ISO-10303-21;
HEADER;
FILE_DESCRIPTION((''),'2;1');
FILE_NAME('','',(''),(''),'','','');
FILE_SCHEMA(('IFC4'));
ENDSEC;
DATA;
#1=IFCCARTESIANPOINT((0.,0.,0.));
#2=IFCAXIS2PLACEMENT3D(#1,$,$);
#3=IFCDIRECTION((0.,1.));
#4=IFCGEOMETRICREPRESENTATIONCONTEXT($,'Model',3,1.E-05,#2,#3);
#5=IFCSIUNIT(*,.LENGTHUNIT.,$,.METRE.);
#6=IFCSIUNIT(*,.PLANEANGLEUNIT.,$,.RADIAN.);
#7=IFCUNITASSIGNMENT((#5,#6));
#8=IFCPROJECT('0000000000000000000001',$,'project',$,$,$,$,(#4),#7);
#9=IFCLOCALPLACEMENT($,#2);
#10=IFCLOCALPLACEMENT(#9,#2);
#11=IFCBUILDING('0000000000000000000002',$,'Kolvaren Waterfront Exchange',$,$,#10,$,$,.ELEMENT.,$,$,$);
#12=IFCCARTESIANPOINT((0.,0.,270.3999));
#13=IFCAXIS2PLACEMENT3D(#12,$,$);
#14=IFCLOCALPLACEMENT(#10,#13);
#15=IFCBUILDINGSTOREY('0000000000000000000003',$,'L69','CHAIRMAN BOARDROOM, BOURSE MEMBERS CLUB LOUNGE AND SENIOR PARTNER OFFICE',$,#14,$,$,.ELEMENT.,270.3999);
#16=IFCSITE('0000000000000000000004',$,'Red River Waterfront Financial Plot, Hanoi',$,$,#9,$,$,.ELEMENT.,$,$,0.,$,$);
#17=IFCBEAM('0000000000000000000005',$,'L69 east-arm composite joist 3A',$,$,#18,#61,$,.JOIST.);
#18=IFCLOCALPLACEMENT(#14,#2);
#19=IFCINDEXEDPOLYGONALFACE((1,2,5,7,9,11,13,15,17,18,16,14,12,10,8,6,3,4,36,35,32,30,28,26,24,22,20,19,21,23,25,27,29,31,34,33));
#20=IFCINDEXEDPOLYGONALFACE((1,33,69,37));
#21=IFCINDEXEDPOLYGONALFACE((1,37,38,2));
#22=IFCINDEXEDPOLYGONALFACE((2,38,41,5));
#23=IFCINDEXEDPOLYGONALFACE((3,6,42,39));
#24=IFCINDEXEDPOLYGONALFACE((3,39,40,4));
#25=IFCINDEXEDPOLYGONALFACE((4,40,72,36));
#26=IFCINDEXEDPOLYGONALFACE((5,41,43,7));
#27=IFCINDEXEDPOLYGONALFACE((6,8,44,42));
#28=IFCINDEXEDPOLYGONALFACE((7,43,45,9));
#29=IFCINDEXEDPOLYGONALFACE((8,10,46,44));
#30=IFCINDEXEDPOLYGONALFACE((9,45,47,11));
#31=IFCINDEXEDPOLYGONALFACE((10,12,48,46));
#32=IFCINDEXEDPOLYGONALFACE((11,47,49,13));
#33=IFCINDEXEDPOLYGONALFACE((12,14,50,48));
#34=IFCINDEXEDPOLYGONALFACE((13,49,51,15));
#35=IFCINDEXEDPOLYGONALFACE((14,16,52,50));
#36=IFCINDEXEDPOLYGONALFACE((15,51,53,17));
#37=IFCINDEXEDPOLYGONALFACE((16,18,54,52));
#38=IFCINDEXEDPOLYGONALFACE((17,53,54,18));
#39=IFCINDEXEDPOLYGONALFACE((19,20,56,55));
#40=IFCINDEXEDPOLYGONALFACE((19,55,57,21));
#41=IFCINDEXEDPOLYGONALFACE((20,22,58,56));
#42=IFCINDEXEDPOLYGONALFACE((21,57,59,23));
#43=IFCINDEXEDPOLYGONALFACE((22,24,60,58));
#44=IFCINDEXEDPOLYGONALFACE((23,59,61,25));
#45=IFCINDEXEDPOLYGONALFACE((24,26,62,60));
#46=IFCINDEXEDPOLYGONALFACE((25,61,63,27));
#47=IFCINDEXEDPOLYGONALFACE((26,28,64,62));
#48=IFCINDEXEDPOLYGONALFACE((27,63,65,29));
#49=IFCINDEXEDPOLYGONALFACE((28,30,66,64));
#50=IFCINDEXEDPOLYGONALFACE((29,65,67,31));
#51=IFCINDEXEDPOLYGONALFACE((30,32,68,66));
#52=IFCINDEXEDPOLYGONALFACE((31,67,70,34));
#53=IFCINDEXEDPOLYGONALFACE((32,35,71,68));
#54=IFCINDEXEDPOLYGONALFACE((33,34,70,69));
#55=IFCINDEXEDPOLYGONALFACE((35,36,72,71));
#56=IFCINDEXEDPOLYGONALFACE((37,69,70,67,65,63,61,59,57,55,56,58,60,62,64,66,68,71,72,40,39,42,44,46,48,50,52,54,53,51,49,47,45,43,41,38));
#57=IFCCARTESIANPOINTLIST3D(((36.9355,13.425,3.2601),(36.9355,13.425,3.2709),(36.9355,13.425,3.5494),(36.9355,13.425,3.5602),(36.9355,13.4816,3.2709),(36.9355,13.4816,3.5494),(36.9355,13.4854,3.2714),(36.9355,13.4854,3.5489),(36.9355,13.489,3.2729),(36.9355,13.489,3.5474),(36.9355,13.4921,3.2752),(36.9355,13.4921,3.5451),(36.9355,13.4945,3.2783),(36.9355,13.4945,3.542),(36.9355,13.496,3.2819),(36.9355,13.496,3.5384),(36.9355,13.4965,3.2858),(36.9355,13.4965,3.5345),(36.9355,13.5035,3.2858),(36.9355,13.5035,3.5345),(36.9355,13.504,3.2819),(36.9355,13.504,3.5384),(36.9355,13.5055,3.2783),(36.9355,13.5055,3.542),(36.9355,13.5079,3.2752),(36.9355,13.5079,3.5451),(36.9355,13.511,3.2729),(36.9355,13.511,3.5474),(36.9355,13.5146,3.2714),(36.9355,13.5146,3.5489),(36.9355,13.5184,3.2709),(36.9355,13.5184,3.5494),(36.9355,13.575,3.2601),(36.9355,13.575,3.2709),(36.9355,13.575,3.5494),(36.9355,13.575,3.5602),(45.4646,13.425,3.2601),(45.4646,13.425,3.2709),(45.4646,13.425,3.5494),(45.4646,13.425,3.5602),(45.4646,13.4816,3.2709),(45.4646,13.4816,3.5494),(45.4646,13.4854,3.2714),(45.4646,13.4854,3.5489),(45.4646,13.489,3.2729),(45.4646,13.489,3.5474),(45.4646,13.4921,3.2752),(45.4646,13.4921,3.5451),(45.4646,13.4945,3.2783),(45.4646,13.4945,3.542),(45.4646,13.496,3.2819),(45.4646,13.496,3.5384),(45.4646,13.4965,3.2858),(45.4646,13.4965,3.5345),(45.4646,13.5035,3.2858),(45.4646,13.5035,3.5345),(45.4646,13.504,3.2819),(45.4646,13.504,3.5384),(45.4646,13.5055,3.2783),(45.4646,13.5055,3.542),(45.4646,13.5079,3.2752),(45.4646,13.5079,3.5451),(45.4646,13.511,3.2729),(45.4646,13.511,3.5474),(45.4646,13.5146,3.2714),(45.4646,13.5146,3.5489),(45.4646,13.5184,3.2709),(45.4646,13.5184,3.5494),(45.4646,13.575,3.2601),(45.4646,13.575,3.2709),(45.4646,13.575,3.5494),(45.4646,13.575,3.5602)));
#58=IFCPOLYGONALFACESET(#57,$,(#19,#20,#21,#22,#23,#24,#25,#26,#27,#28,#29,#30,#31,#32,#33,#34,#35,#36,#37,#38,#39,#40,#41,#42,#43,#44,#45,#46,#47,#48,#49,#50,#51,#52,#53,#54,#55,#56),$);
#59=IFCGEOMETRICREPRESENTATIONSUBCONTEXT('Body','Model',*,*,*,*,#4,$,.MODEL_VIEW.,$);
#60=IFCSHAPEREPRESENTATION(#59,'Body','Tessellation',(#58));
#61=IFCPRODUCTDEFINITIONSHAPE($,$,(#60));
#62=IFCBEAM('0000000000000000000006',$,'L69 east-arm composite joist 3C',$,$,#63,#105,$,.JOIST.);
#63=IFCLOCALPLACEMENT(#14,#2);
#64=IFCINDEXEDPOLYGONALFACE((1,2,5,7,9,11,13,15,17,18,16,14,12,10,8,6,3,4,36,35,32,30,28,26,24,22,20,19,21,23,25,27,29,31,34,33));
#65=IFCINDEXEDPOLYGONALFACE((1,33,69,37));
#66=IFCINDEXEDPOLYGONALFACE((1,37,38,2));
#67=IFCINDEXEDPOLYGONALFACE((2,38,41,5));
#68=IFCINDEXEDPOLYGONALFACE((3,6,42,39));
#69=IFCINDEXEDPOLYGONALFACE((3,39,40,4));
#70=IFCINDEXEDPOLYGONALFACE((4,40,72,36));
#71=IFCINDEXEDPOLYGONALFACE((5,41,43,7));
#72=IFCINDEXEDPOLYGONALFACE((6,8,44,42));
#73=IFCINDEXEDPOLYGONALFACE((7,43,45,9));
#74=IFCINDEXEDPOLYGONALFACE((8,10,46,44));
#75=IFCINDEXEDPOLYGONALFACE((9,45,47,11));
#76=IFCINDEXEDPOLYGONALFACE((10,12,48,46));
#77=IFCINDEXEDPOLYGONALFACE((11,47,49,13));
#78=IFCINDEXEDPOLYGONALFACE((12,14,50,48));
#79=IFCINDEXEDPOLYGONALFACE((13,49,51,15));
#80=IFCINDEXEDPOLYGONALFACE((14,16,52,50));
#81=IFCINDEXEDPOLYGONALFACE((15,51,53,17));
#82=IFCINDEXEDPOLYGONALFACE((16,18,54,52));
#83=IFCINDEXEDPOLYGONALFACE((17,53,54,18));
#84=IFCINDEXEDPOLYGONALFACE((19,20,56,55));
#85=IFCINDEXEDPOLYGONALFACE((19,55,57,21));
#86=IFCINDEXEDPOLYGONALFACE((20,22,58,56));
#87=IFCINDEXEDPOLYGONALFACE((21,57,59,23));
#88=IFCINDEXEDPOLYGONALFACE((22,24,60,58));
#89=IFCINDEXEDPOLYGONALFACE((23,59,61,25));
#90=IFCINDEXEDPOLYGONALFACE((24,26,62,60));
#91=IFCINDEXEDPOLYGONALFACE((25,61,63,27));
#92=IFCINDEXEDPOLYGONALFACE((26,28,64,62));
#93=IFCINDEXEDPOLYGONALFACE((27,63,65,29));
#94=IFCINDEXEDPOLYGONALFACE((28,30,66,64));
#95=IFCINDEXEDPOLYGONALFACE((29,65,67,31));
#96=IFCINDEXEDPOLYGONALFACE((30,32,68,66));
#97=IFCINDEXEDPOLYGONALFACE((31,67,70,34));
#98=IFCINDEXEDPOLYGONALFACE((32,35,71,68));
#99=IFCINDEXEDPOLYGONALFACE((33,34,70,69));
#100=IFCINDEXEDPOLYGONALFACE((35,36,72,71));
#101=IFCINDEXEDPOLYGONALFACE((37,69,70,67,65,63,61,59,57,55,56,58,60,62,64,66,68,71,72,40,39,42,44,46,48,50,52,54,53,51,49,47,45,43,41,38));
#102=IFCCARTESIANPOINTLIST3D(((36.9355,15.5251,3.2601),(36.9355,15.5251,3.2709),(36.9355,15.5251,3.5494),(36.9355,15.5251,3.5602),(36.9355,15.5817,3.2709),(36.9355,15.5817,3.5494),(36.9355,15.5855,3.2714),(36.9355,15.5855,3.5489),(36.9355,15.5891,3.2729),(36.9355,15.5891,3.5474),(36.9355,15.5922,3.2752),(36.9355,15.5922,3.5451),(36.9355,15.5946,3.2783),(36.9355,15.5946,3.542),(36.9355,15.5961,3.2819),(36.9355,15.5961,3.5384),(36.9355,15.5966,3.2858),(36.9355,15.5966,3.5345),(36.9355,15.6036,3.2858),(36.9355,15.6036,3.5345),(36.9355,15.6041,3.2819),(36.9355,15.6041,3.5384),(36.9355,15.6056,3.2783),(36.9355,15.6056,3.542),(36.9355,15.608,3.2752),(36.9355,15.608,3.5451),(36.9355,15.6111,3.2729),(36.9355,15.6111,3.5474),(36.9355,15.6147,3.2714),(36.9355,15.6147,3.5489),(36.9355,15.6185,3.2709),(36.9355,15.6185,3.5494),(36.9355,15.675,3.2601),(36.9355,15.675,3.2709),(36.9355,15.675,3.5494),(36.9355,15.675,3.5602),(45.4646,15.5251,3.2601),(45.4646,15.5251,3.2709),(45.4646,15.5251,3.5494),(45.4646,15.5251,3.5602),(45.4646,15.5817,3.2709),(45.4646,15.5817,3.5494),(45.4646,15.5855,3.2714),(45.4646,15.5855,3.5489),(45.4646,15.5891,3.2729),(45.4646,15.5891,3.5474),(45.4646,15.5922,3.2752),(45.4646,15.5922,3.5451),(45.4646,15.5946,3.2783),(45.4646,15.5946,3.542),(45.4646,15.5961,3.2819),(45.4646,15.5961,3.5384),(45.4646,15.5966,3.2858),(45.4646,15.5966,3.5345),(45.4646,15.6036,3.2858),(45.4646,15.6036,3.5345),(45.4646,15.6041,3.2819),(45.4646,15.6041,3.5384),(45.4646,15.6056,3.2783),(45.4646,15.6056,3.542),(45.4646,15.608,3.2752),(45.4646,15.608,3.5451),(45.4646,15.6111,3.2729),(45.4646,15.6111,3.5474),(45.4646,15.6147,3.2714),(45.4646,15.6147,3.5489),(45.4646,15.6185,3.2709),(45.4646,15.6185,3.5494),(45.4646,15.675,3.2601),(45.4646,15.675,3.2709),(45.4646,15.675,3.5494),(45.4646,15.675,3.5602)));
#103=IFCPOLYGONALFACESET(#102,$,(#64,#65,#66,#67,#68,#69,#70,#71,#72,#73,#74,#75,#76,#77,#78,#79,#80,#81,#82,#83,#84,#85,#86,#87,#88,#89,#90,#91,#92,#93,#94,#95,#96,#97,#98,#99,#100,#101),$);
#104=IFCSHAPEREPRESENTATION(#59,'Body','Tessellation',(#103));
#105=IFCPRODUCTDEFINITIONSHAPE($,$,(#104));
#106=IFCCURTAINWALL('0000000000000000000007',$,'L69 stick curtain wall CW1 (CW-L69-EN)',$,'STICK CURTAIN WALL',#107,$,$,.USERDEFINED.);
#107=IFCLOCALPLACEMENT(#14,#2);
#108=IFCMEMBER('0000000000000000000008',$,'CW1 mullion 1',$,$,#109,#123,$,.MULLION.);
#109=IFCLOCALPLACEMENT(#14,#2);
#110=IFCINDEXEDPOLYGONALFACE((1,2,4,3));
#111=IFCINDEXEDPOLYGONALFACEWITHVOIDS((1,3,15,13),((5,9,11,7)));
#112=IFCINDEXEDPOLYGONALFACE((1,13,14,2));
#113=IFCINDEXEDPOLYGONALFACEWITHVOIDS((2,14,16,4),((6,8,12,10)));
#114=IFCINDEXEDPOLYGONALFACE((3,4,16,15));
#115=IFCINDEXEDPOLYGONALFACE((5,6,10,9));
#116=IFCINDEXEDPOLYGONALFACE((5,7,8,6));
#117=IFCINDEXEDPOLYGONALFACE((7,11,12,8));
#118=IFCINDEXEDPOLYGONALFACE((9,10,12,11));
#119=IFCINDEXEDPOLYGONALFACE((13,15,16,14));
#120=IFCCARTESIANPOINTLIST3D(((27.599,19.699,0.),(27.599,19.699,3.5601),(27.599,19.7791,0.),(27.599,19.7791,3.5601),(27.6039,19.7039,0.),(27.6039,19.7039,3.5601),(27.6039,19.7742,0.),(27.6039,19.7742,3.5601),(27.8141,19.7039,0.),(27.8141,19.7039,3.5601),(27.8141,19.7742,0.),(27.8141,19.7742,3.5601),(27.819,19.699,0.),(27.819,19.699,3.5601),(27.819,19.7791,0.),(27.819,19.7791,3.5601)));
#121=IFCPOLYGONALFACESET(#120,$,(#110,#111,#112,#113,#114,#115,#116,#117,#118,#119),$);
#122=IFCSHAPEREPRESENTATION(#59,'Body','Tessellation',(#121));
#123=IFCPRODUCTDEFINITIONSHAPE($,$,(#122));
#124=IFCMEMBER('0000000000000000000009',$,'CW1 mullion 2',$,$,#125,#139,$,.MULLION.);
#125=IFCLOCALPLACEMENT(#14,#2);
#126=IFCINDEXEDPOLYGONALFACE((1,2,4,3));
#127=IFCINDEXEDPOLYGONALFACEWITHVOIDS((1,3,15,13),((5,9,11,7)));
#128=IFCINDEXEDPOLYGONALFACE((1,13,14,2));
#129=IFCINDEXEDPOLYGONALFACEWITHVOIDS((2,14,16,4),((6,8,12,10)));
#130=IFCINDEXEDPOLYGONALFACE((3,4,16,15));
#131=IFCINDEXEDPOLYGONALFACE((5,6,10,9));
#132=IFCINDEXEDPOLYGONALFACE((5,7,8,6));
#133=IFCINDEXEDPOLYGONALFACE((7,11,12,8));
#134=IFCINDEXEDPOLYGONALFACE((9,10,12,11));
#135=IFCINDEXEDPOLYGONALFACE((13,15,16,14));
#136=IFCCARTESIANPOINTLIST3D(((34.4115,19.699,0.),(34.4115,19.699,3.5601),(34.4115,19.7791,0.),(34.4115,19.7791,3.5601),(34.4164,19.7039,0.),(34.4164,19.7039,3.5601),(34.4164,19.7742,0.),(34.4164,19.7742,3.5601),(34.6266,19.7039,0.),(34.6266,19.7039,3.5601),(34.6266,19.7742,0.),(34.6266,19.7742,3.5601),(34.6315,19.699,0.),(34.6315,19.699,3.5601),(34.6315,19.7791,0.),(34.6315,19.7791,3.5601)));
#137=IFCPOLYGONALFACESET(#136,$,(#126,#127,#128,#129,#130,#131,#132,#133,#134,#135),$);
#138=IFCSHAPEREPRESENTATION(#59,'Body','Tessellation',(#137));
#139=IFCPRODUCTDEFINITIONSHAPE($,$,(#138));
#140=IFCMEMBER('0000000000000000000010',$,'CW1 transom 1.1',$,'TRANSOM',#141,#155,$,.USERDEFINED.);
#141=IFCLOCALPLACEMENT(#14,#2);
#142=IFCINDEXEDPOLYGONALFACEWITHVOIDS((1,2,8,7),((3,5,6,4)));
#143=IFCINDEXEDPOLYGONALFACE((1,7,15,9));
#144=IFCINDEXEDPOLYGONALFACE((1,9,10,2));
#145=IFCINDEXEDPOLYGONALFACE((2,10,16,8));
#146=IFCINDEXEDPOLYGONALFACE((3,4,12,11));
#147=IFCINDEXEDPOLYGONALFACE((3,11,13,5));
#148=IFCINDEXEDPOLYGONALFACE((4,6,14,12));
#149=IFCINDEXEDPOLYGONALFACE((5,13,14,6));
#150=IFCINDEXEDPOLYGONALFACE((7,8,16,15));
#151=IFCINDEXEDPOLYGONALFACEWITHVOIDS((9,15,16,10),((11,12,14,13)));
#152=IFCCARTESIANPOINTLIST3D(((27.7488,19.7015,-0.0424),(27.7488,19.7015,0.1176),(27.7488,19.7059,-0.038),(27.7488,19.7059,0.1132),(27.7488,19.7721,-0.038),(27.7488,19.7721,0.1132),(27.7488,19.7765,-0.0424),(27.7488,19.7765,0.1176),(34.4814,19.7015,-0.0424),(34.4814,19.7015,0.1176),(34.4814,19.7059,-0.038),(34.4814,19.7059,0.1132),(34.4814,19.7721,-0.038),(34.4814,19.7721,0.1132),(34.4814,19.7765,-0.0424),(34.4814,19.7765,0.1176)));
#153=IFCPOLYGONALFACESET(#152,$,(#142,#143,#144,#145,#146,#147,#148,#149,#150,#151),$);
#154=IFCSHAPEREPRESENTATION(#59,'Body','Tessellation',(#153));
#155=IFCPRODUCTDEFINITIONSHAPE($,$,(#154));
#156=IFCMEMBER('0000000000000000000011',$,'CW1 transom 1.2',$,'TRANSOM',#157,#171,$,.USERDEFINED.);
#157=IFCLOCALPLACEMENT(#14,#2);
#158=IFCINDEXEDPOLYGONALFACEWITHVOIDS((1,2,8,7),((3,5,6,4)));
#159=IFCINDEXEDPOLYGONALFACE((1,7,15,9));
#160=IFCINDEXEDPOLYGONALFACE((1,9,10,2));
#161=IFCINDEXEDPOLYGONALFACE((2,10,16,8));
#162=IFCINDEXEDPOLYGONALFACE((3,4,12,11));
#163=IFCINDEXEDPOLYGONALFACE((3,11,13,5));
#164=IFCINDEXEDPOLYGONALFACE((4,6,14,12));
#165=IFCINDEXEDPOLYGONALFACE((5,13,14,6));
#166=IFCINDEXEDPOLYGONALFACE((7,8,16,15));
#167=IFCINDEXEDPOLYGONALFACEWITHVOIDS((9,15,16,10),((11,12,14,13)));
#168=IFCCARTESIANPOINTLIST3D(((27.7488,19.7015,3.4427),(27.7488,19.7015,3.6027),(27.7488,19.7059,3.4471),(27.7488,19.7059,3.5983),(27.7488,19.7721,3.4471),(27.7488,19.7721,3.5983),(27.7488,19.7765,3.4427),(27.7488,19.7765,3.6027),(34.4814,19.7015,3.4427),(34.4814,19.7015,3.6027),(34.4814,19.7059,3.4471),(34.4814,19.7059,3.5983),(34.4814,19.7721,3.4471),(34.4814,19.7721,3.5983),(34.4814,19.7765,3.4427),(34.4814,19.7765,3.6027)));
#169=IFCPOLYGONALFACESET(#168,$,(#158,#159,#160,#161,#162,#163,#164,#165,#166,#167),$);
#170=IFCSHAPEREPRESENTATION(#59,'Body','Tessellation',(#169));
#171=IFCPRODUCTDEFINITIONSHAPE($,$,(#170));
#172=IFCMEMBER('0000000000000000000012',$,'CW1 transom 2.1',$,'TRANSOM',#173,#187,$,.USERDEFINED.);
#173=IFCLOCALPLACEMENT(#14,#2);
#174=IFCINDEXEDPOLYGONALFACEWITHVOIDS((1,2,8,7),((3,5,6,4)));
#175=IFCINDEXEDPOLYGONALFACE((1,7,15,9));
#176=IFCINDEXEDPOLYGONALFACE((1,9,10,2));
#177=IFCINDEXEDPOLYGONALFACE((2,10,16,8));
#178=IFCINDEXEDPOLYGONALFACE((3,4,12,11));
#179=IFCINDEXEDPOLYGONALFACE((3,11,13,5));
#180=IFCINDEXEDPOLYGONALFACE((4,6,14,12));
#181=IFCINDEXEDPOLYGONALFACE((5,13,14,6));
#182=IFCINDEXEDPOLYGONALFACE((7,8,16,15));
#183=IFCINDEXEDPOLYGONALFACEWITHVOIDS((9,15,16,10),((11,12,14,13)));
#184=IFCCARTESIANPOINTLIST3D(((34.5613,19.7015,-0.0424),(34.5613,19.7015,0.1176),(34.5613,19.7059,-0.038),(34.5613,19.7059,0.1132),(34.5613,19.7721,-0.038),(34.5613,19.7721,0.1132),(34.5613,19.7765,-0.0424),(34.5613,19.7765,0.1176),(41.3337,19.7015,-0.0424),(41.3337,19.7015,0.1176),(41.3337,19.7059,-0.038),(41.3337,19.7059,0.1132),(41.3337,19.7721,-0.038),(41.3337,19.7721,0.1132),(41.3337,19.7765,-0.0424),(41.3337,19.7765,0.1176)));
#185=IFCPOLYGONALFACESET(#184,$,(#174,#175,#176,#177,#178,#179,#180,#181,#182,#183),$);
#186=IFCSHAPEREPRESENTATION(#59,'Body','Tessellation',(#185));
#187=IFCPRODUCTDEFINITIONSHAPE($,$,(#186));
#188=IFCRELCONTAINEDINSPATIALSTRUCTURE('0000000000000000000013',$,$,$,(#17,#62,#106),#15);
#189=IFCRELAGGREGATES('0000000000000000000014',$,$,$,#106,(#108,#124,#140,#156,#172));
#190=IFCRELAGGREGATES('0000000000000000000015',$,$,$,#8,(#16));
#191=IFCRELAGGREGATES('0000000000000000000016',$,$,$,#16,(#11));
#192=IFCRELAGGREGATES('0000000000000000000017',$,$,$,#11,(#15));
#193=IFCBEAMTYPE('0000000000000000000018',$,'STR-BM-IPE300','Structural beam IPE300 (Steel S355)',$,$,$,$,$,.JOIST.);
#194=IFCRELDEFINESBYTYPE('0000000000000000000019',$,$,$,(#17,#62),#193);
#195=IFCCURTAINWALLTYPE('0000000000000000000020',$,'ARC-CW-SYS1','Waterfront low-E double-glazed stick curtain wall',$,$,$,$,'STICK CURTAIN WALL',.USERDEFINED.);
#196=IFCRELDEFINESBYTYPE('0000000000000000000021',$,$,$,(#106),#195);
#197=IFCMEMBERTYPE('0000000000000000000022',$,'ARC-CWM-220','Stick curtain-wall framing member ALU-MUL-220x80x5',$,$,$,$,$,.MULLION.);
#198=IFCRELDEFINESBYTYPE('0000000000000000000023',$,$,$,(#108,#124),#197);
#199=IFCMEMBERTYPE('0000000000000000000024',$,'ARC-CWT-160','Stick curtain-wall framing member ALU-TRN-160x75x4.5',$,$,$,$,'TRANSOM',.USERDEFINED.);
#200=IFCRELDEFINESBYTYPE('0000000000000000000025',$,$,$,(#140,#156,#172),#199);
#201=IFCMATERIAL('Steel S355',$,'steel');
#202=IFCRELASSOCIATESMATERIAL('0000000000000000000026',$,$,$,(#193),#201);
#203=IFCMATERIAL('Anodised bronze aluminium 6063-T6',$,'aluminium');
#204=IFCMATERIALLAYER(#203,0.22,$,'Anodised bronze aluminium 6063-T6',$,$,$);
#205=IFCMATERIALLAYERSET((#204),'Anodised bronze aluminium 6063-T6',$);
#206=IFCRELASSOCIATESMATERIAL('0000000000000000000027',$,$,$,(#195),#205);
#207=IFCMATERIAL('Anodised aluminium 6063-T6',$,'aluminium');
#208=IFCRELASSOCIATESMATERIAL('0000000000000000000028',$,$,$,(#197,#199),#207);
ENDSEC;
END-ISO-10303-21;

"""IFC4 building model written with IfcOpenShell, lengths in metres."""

from ifc_helpers import new_model, si_unit, direction, frame, origin, origin_with_axes, origin_2d, place, context, subcontext, project, spatial, hollow_rectangle, i_section, extrude, source, transform, mapped, material, layer, layer_set, material_profile, profile_set, type_object, element, aggregate, save


model = new_model("IFC4")

# Units and contexts
model_context = context("Model", 3, precision=1e-05, world=origin(), true_north=direction((0.0, 1.0)))
body_context = subcontext(model_context, "Body", "Model", "MODEL_VIEW")
ifc_project = project(units=[si_unit("LENGTHUNIT", "METRE"), si_unit("PLANEANGLEUNIT", "RADIAN")], contexts=[model_context])

# Site, building, storey
site_placement = place(None, origin())
site = spatial("IfcSite", under=ifc_project, at=site_placement, Name="Red River Waterfront Financial Plot, Hanoi", CompositionType="ELEMENT", RefElevation=0.0)
building_placement = place(site_placement, origin())
building = spatial("IfcBuilding", under=site, at=building_placement, Name="Kolvaren Waterfront Exchange", CompositionType="ELEMENT")
storey_placement = place(building_placement, frame((0.0, 0.0, 270.3999)))
storey = spatial("IfcBuildingStorey", under=building, at=storey_placement, Name="L69", Description="CHAIRMAN BOARDROOM, BOURSE MEMBERS CLUB LOUNGE AND SENIOR PARTNER OFFICE", CompositionType="ELEMENT", Elevation=270.3999)

# Beams
ifc_material_1 = material(Name="Steel S355", Category="steel")
ifc_material_profile_1 = material_profile(ifc_material_1, i_section(OverallWidth=0.1499, OverallDepth=0.3, WebThickness=0.0071, FlangeThickness=0.0107, FilletRadius=0.0149, at=origin_2d()), Name="IPE300")
ifc_profile_set_1 = profile_set([ifc_material_profile_1], Name="Steel S355")
beam_type_1 = type_object("IfcBeamType", Name="STR-BM-IPE300", Description="Structural beam IPE300 (Steel S355)", PredefinedType="JOIST", material=ifc_profile_set_1)
for number, where, z_axis, x_axis, name in (
    (1, (36.9355, 13.5, 3.4102), (1.0, 0.0, 0.0), (0.0, 1.0, 0.0), "L69 east-arm composite joist 3A"),
    (2, (36.9355, 15.6001, 3.4102), (1.0, 0.0, 0.0), (0.0, 1.0, 0.0), "L69 east-arm composite joist 3C"),
):
    element("IfcBeam", number, at=place(storey_placement, frame(where, z_axis=z_axis, x_axis=x_axis)), inside=storey, type_object=beam_type_1, Name=name, PredefinedType="JOIST", context=body_context, shape_type="SweptSolid", body=[
        extrude(i_section(OverallWidth=0.1499, OverallDepth=0.3, WebThickness=0.0071, FlangeThickness=0.0107, FilletRadius=0.0149, at=origin_2d()), origin(), (0.0, 0.0, 1.0), 8.5291),
    ])

# Curtain wall, members
ifc_material_2 = material(Name="Anodised bronze aluminium 6063-T6", Category="aluminium")
ifc_layer_1 = layer(ifc_material_2, 0.22, Name="Anodised bronze aluminium 6063-T6")
ifc_layer_set_1 = layer_set([ifc_layer_1], Name="Anodised bronze aluminium 6063-T6")
curtain_wall_type = type_object("IfcCurtainWallType", Name="ARC-CW-SYS1", Description="Waterfront low-E double-glazed stick curtain wall", ElementType="STICK CURTAIN WALL", PredefinedType="USERDEFINED", material=ifc_layer_set_1)
curtain_wall_placement = place(storey_placement, origin())
curtain_wall = element("IfcCurtainWall", 3, at=curtain_wall_placement, inside=storey, type_object=curtain_wall_type, Name="L69 stick curtain wall CW1 (CW-L69-EN)", ObjectType="STICK CURTAIN WALL", PredefinedType="USERDEFINED")
ifc_material_3 = material(Name="Anodised aluminium 6063-T6", Category="aluminium")
ifc_material_profile_2 = material_profile(ifc_material_3, hollow_rectangle(XDim=0.0801, YDim=0.22, WallThickness=0.0049, at=origin_2d()), Name="ALU-MUL-220x80x5")
ifc_profile_set_2 = profile_set([ifc_material_profile_2], Name="Anodised aluminium 6063-T6")
member_type_1 = type_object("IfcMemberType", Name="ARC-CWM-220", Description="Stick curtain-wall framing member ALU-MUL-220x80x5", PredefinedType="MULLION", material=ifc_profile_set_2)
shared_shape_1 = source(origin_with_axes(), body_context, "Body", "SweptSolid", [
    extrude(hollow_rectangle(XDim=0.0801, YDim=0.22, WallThickness=0.0049, at=origin_2d()), origin(), (0.0, 0.0, 1.0), 3.5601),
])
member_1_placement = place(storey_placement, frame((27.709, 19.739, 0.0), z_axis=(0.0, 0.0, 1.0), x_axis=(0.0, 1.0, 0.0)))
member_1 = element("IfcMember", 4, at=member_1_placement, type_object=member_type_1, Name="CW1 mullion 1", PredefinedType="MULLION", context=body_context, shape_type="MappedRepresentation", body=[
    mapped(shared_shape_1, transform((0.0, 0.0, 0.0), x_axis=(1.0, 0.0, 0.0), y_axis=(0.0, 1.0, 0.0), z_axis=(0.0, 0.0, 1.0), scale=1.0)),
])
member_2_placement = place(storey_placement, frame((34.5215, 19.739, 0.0), z_axis=(0.0, 0.0, 1.0), x_axis=(0.0, 1.0, 0.0)))
member_2 = element("IfcMember", 5, at=member_2_placement, type_object=member_type_1, Name="CW1 mullion 2", PredefinedType="MULLION", context=body_context, shape_type="MappedRepresentation", body=[
    mapped(shared_shape_1, transform((0.0, 0.0, 0.0), x_axis=(1.0, 0.0, 0.0), y_axis=(0.0, 1.0, 0.0), z_axis=(0.0, 0.0, 1.0), scale=1.0)),
])
ifc_material_profile_3 = material_profile(ifc_material_3, hollow_rectangle(XDim=0.075, YDim=0.1599, WallThickness=0.0044, at=origin_2d()), Name="ALU-TRN-160x75x4.5")
ifc_profile_set_3 = profile_set([ifc_material_profile_3], Name="Anodised aluminium 6063-T6")
member_type_2 = type_object("IfcMemberType", Name="ARC-CWT-160", Description="Stick curtain-wall framing member ALU-TRN-160x75x4.5", ElementType="TRANSOM", PredefinedType="USERDEFINED", material=ifc_profile_set_3)
shared_shape_2 = source(origin_with_axes(), body_context, "Body", "SweptSolid", [
    extrude(hollow_rectangle(XDim=0.075, YDim=0.1599, WallThickness=0.0044, at=origin_2d()), origin(), (0.0, 0.0, 1.0), 6.7327),
])
member_3_placement = place(storey_placement, frame((27.7488, 19.739, 0.0376), z_axis=(1.0, 0.0, 0.0), x_axis=(0.0, 1.0, 0.0)))
member_3 = element("IfcMember", 6, at=member_3_placement, type_object=member_type_2, Name="CW1 transom 1.1", ObjectType="TRANSOM", PredefinedType="USERDEFINED", context=body_context, shape_type="MappedRepresentation", body=[
    mapped(shared_shape_2, transform((0.0, 0.0, 0.0), x_axis=(1.0, 0.0, 0.0), y_axis=(0.0, 1.0, 0.0), z_axis=(0.0, 0.0, 1.0), scale=1.0)),
])
member_4_placement = place(storey_placement, frame((27.7488, 19.739, 3.5227), z_axis=(1.0, 0.0, 0.0), x_axis=(0.0, 1.0, 0.0)))
member_4 = element("IfcMember", 7, at=member_4_placement, type_object=member_type_2, Name="CW1 transom 1.2", ObjectType="TRANSOM", PredefinedType="USERDEFINED", context=body_context, shape_type="MappedRepresentation", body=[
    mapped(shared_shape_2, transform((0.0, 0.0, 0.0), x_axis=(1.0, 0.0, 0.0), y_axis=(0.0, 1.0, 0.0), z_axis=(0.0, 0.0, 1.0), scale=1.0)),
])
shared_shape_3 = source(origin_with_axes(), body_context, "Body", "SweptSolid", [
    extrude(hollow_rectangle(XDim=0.075, YDim=0.1599, WallThickness=0.0044, at=origin_2d()), origin(), (0.0, 0.0, 1.0), 6.7725),
])
member_5_placement = place(storey_placement, frame((34.5613, 19.739, 0.0376), z_axis=(1.0, 0.0, 0.0), x_axis=(0.0, 1.0, 0.0)))
member_5 = element("IfcMember", 8, at=member_5_placement, type_object=member_type_2, Name="CW1 transom 2.1", ObjectType="TRANSOM", PredefinedType="USERDEFINED", context=body_context, shape_type="MappedRepresentation", body=[
    mapped(shared_shape_3, transform((0.0, 0.0, 0.0), x_axis=(1.0, 0.0, 0.0), y_axis=(0.0, 1.0, 0.0), z_axis=(0.0, 0.0, 1.0), scale=1.0)),
])
aggregate(curtain_wall, [member_1, member_2, member_3, member_4, member_5])

save(model, "model.ifc")
